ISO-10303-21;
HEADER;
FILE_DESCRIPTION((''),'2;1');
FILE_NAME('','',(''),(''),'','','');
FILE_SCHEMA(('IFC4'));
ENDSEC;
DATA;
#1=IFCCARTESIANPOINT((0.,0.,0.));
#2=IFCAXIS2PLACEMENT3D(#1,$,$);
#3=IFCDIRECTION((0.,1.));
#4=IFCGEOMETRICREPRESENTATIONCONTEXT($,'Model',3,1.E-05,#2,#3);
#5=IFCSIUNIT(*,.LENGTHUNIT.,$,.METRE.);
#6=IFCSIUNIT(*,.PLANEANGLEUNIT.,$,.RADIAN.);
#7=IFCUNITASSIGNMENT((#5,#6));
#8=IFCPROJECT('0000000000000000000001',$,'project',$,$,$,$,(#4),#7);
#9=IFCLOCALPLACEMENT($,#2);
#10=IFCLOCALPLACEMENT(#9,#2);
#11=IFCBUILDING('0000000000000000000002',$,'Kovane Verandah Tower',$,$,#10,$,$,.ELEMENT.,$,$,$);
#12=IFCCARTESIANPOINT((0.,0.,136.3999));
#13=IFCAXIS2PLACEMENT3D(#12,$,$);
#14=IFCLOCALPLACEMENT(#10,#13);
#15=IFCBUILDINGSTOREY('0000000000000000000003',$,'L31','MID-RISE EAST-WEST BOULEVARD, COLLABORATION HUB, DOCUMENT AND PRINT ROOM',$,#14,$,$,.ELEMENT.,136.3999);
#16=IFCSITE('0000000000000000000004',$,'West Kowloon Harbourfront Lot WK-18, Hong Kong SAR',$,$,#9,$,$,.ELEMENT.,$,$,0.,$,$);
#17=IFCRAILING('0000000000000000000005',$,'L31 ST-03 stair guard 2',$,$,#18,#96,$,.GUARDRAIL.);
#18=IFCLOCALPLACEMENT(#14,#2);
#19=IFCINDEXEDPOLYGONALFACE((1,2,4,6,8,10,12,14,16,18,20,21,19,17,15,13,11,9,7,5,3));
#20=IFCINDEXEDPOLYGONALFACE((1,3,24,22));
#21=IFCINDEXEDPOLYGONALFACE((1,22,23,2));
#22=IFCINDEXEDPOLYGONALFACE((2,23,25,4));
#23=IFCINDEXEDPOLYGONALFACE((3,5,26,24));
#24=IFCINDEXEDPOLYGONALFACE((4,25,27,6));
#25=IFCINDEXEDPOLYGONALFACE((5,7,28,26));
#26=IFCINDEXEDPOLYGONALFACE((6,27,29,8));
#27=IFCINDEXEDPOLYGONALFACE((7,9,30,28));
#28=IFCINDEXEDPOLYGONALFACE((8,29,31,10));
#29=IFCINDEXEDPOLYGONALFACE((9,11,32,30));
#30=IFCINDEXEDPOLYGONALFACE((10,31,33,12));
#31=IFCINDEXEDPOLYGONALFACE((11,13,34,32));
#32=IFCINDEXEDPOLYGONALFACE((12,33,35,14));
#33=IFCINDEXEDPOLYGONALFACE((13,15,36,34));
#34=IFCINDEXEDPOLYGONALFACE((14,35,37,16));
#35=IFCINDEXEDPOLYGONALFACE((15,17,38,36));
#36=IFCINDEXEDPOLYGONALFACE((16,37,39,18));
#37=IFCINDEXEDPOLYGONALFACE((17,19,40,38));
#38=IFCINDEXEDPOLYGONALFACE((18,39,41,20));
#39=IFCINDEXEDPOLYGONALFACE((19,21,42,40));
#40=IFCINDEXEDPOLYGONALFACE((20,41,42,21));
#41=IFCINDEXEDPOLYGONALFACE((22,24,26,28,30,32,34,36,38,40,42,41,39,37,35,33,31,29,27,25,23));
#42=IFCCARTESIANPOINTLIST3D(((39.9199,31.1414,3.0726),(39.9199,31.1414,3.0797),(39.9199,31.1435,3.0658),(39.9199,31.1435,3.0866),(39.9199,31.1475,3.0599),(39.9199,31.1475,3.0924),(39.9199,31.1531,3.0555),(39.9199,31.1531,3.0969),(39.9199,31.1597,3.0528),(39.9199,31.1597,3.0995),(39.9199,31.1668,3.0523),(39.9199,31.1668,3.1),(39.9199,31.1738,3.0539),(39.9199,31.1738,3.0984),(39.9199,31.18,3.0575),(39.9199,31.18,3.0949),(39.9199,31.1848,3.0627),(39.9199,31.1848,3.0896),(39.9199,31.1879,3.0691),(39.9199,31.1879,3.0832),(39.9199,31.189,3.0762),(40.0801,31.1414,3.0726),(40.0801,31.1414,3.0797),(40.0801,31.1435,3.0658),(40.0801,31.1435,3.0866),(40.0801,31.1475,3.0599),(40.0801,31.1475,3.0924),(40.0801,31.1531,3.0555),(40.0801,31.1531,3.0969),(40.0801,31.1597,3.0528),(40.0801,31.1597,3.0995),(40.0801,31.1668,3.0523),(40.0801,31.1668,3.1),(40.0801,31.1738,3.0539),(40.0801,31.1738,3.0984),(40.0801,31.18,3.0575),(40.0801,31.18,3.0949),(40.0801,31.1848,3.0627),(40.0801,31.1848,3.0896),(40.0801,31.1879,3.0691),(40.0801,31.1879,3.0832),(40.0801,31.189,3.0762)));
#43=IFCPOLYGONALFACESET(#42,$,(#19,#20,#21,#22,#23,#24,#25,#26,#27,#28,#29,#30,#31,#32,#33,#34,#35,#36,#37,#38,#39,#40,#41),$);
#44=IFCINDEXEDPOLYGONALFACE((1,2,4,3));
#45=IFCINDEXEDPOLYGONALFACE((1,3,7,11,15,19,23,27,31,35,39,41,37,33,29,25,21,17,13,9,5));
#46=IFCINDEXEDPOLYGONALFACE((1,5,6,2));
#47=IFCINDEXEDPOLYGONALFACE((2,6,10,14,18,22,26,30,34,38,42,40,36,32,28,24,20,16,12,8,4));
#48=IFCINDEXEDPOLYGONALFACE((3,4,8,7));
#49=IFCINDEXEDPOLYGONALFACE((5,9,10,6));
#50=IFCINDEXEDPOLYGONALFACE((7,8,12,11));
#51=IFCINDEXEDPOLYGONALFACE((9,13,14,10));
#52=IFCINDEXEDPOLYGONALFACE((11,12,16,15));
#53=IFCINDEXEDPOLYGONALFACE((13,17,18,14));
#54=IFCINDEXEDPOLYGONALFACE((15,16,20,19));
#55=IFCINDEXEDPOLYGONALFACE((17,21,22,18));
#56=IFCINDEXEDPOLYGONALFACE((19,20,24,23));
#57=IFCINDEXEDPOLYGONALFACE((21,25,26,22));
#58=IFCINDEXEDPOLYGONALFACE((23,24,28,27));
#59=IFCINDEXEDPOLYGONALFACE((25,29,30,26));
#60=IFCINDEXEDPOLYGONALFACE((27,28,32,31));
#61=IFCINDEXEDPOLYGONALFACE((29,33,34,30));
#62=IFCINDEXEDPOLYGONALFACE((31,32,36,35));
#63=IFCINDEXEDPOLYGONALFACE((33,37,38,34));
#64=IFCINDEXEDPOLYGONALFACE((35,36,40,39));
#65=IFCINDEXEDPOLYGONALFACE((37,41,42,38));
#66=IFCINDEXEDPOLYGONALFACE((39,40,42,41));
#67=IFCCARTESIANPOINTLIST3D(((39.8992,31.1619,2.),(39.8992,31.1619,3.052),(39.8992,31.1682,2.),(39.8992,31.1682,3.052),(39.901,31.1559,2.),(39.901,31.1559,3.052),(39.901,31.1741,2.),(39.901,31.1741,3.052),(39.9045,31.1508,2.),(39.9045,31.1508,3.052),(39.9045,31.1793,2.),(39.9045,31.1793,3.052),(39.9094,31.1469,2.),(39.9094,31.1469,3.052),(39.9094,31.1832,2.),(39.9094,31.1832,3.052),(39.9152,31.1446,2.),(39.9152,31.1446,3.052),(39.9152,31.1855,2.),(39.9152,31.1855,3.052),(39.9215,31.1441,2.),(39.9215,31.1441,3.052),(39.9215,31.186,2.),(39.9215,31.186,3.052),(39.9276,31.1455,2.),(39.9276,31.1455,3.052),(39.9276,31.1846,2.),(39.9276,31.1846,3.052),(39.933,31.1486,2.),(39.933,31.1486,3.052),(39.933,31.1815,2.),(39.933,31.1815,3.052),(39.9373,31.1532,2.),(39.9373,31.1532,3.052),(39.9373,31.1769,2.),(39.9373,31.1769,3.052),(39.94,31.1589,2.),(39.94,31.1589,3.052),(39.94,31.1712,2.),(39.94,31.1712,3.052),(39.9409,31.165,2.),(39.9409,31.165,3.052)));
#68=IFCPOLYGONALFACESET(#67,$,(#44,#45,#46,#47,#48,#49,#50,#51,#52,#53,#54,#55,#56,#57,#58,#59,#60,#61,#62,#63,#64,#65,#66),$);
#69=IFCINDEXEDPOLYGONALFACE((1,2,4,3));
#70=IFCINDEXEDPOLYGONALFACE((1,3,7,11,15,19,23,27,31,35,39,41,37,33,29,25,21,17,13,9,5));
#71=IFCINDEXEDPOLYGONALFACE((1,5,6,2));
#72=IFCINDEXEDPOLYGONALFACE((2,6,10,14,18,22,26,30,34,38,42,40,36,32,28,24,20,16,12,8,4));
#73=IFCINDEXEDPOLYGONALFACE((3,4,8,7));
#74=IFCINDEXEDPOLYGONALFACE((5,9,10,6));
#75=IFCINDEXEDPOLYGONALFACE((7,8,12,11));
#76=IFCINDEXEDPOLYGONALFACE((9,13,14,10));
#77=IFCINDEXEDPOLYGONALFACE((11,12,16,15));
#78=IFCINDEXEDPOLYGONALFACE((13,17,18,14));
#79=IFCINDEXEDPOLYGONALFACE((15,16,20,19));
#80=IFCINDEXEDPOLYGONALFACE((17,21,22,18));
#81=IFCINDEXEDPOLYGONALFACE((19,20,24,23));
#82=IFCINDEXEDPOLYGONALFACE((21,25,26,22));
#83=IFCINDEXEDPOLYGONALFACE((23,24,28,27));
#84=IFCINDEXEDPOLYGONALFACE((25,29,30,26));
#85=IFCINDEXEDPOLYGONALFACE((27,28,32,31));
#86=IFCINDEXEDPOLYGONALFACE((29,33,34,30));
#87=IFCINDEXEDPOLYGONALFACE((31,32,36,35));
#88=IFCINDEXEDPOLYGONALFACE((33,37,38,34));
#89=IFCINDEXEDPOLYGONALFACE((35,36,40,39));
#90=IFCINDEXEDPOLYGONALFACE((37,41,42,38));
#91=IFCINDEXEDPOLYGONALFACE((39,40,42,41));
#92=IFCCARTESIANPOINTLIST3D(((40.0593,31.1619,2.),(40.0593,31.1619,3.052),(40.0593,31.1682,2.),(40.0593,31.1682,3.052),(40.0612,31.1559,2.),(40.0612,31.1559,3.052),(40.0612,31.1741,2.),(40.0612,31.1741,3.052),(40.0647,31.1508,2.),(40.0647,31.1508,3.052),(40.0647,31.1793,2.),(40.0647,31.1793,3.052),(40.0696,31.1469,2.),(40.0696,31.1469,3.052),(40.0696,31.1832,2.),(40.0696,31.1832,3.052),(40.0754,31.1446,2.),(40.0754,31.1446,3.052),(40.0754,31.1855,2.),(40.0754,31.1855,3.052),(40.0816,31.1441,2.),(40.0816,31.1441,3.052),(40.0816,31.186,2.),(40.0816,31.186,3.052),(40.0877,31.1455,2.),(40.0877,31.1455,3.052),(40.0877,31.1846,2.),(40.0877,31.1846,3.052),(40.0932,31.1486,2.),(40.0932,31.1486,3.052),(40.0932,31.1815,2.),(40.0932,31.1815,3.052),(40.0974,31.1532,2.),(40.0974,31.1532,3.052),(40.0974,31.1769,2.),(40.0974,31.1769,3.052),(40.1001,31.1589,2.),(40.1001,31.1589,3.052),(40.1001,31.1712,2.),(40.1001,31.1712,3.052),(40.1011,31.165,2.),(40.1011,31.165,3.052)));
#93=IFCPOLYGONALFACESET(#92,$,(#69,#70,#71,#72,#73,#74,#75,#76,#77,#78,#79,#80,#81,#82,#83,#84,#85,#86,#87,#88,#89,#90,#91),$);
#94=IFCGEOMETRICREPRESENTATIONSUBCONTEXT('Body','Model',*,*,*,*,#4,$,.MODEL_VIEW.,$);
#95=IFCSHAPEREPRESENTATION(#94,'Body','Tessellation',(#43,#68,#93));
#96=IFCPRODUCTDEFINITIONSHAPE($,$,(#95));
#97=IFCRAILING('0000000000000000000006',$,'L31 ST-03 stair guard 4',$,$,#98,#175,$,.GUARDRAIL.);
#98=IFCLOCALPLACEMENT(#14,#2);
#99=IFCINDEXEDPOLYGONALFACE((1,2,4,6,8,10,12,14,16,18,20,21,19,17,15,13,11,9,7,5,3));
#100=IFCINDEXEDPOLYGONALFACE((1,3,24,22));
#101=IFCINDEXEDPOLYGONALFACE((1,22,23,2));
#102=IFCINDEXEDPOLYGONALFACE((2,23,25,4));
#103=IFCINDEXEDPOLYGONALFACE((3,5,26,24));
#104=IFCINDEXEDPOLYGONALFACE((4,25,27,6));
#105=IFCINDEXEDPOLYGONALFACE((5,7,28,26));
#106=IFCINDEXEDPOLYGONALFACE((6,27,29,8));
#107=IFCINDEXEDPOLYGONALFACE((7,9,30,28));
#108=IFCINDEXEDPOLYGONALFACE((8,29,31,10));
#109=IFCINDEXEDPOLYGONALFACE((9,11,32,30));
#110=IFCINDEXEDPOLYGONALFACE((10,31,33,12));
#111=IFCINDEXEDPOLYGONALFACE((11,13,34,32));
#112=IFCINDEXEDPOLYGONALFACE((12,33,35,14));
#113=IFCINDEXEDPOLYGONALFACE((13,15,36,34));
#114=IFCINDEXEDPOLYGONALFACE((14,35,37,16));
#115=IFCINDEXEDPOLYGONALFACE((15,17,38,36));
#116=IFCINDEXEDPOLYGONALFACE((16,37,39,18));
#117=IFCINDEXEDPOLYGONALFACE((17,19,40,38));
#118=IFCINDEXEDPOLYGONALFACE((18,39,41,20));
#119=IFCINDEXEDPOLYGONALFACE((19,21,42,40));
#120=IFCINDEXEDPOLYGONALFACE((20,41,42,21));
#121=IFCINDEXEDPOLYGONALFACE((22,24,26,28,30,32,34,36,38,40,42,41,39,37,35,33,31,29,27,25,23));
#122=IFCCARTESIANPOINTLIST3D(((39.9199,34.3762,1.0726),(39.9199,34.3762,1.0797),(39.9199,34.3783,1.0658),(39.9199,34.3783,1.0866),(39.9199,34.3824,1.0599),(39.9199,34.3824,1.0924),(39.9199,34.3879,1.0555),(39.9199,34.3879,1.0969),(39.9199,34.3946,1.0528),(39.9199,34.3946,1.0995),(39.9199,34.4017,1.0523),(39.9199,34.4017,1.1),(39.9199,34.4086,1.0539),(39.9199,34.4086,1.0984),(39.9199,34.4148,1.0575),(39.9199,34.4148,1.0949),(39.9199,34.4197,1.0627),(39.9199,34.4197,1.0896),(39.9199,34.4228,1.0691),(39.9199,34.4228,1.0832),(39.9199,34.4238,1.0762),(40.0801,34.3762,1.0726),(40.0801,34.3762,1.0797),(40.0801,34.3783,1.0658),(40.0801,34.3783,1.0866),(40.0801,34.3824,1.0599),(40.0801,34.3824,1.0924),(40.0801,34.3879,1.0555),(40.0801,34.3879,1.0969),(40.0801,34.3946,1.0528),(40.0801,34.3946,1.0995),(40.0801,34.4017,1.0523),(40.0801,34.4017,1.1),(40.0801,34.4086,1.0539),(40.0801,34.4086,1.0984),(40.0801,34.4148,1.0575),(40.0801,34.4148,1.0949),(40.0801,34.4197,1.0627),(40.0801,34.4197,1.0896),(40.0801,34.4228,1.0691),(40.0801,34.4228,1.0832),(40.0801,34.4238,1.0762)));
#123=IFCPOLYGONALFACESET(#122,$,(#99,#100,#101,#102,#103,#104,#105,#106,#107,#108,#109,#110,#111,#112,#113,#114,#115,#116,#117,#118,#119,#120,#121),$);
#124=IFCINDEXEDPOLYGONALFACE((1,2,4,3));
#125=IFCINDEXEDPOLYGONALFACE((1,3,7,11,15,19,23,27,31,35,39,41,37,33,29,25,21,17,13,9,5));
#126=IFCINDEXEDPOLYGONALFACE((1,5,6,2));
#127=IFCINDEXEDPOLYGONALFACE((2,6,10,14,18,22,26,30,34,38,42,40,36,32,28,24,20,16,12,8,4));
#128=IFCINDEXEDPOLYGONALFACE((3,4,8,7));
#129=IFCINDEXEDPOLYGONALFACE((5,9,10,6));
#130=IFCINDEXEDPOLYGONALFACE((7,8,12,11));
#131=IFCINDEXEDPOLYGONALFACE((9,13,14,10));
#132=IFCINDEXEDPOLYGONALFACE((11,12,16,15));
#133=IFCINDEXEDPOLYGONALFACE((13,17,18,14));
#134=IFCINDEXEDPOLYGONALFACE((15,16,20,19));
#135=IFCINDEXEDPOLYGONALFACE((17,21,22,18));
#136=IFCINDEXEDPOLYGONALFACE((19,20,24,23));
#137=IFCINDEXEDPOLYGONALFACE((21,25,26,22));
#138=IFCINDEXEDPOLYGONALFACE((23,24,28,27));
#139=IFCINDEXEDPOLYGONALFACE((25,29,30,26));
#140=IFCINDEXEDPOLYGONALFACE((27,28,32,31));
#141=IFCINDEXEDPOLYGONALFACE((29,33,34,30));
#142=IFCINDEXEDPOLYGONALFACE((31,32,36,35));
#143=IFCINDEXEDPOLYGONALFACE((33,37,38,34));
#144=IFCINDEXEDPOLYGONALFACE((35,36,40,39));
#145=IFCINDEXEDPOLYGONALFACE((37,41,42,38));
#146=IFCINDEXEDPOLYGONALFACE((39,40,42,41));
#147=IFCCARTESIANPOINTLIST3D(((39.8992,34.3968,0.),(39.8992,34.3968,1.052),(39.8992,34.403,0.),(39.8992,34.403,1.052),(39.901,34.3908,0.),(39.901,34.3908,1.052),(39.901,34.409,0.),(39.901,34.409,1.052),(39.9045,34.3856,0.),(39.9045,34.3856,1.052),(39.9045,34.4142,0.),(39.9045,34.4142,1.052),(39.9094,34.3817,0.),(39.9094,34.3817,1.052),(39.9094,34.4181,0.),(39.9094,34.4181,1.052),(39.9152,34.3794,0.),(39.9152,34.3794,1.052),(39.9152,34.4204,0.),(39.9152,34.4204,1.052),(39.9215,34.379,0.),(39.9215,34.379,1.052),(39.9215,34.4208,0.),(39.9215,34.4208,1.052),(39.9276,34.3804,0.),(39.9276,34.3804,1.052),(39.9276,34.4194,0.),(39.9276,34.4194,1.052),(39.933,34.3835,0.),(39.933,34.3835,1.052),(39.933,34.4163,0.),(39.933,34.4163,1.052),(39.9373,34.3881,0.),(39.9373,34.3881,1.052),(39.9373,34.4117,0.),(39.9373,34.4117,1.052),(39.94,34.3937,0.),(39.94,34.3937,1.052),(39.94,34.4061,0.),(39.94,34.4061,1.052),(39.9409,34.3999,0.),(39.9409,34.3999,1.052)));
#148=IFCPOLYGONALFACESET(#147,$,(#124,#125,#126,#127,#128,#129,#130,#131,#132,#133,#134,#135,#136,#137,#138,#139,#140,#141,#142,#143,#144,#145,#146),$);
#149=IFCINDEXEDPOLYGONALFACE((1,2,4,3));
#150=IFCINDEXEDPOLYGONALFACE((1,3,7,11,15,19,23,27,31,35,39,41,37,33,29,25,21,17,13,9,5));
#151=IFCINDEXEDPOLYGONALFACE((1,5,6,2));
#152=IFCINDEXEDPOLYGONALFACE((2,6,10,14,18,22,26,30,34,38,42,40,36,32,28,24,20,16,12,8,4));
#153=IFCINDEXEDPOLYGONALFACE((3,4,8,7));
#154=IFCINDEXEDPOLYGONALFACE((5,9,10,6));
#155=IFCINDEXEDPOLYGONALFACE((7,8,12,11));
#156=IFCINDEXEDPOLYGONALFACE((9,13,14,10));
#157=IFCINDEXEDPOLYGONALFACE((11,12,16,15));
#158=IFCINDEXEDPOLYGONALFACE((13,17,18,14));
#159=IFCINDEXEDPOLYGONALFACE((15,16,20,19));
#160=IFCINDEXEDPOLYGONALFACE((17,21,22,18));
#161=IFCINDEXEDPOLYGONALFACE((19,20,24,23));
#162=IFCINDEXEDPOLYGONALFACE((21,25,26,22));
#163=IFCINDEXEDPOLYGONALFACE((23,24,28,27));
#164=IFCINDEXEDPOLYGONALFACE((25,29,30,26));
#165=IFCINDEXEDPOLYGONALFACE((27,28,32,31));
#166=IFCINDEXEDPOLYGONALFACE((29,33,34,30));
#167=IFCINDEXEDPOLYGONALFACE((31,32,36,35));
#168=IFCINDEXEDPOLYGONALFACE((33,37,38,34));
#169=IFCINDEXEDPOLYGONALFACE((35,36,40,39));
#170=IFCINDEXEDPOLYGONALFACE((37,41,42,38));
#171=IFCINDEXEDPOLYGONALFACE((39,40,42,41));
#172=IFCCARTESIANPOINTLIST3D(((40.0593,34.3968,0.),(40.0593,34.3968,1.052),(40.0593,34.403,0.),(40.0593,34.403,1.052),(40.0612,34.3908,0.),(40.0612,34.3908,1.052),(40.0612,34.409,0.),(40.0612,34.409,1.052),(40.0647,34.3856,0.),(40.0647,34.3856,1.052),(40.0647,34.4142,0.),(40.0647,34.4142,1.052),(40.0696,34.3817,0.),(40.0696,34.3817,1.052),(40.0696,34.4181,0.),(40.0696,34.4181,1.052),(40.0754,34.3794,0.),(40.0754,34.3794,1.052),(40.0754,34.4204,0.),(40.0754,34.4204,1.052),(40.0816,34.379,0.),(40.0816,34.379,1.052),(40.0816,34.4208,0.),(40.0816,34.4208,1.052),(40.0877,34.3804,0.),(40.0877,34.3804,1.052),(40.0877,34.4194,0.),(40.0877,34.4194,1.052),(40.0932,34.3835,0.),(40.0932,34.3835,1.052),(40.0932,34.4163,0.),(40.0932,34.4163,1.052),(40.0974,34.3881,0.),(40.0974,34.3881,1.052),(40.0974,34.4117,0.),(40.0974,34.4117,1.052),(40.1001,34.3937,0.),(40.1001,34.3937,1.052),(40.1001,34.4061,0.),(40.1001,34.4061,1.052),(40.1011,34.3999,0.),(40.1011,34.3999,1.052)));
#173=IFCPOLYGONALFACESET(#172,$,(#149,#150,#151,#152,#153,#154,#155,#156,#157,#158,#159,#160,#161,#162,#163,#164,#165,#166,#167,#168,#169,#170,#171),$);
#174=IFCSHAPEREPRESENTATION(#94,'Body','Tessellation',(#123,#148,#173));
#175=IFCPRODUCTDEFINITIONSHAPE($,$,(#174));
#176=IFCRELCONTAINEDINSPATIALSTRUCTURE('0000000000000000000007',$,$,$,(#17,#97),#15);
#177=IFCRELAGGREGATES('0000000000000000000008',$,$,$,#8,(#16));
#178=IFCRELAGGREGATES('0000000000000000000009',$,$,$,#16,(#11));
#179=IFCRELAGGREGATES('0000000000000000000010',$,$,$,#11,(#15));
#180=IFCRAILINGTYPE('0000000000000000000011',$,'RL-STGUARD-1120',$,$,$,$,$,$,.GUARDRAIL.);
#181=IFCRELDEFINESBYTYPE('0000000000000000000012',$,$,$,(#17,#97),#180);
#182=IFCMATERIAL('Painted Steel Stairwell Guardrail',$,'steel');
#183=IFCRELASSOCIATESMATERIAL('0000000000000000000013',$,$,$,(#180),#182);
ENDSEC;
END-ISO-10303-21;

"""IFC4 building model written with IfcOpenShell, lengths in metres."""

from ifc_helpers import new_model, si_unit, direction, frame, origin, origin_2d, place, context, subcontext, project, spatial, circle, extrude, material, type_object, element, save


model = new_model("IFC4")

# Units and contexts
model_context = context("Model", 3, precision=1e-05, world=origin(), true_north=direction((0.0, 1.0)))
body_context = subcontext(model_context, "Body", "Model", "MODEL_VIEW")
ifc_project = project(units=[si_unit("LENGTHUNIT", "METRE"), si_unit("PLANEANGLEUNIT", "RADIAN")], contexts=[model_context])

# Site, building, storey
site_placement = place(None, origin())
site = spatial("IfcSite", under=ifc_project, at=site_placement, Name="West Kowloon Harbourfront Lot WK-18, Hong Kong SAR", CompositionType="ELEMENT", RefElevation=0.0)
building_placement = place(site_placement, origin())
building = spatial("IfcBuilding", under=site, at=building_placement, Name="Kovane Verandah Tower", CompositionType="ELEMENT")
storey_placement = place(building_placement, frame((0.0, 0.0, 136.3999)))
storey = spatial("IfcBuildingStorey", under=building, at=storey_placement, Name="L31", Description="MID-RISE EAST-WEST BOULEVARD, COLLABORATION HUB, DOCUMENT AND PRINT ROOM", CompositionType="ELEMENT", Elevation=136.3999)

# Railings
ifc_material_1 = material(Name="Painted Steel Stairwell Guardrail", Category="steel")
railing_type_1 = type_object("IfcRailingType", Name="RL-STGUARD-1120", PredefinedType="GUARDRAIL", material=ifc_material_1)
for number, where, name in (
    (1, (39.9199, 31.165, 2.0), "L31 ST-03 stair guard 2"),
    (2, (39.9199, 34.3999, 0.0), "L31 ST-03 stair guard 4"),
):
    element("IfcRailing", number, at=place(storey_placement, frame(where)), inside=storey, type_object=railing_type_1, Name=name, PredefinedType="GUARDRAIL", context=body_context, shape_type="SweptSolid", body=[
        extrude(circle(Radius=0.0239, at=origin_2d()), frame((0.0, 0.0, 1.0762), z_axis=(1.0, 0.0, 0.0), x_axis=(0.0, 1.0, 0.0)), (0.0, 0.0, 1.0), 0.1602),
        extrude(circle(Radius=0.021, at=origin_2d()), origin(), (0.0, 0.0, 1.0), 1.052),
        extrude(circle(Radius=0.021, at=origin_2d()), frame((0.1602, 0.0, 0.0)), (0.0, 0.0, 1.0), 1.052),
    ])

save(model, "model.ifc")
